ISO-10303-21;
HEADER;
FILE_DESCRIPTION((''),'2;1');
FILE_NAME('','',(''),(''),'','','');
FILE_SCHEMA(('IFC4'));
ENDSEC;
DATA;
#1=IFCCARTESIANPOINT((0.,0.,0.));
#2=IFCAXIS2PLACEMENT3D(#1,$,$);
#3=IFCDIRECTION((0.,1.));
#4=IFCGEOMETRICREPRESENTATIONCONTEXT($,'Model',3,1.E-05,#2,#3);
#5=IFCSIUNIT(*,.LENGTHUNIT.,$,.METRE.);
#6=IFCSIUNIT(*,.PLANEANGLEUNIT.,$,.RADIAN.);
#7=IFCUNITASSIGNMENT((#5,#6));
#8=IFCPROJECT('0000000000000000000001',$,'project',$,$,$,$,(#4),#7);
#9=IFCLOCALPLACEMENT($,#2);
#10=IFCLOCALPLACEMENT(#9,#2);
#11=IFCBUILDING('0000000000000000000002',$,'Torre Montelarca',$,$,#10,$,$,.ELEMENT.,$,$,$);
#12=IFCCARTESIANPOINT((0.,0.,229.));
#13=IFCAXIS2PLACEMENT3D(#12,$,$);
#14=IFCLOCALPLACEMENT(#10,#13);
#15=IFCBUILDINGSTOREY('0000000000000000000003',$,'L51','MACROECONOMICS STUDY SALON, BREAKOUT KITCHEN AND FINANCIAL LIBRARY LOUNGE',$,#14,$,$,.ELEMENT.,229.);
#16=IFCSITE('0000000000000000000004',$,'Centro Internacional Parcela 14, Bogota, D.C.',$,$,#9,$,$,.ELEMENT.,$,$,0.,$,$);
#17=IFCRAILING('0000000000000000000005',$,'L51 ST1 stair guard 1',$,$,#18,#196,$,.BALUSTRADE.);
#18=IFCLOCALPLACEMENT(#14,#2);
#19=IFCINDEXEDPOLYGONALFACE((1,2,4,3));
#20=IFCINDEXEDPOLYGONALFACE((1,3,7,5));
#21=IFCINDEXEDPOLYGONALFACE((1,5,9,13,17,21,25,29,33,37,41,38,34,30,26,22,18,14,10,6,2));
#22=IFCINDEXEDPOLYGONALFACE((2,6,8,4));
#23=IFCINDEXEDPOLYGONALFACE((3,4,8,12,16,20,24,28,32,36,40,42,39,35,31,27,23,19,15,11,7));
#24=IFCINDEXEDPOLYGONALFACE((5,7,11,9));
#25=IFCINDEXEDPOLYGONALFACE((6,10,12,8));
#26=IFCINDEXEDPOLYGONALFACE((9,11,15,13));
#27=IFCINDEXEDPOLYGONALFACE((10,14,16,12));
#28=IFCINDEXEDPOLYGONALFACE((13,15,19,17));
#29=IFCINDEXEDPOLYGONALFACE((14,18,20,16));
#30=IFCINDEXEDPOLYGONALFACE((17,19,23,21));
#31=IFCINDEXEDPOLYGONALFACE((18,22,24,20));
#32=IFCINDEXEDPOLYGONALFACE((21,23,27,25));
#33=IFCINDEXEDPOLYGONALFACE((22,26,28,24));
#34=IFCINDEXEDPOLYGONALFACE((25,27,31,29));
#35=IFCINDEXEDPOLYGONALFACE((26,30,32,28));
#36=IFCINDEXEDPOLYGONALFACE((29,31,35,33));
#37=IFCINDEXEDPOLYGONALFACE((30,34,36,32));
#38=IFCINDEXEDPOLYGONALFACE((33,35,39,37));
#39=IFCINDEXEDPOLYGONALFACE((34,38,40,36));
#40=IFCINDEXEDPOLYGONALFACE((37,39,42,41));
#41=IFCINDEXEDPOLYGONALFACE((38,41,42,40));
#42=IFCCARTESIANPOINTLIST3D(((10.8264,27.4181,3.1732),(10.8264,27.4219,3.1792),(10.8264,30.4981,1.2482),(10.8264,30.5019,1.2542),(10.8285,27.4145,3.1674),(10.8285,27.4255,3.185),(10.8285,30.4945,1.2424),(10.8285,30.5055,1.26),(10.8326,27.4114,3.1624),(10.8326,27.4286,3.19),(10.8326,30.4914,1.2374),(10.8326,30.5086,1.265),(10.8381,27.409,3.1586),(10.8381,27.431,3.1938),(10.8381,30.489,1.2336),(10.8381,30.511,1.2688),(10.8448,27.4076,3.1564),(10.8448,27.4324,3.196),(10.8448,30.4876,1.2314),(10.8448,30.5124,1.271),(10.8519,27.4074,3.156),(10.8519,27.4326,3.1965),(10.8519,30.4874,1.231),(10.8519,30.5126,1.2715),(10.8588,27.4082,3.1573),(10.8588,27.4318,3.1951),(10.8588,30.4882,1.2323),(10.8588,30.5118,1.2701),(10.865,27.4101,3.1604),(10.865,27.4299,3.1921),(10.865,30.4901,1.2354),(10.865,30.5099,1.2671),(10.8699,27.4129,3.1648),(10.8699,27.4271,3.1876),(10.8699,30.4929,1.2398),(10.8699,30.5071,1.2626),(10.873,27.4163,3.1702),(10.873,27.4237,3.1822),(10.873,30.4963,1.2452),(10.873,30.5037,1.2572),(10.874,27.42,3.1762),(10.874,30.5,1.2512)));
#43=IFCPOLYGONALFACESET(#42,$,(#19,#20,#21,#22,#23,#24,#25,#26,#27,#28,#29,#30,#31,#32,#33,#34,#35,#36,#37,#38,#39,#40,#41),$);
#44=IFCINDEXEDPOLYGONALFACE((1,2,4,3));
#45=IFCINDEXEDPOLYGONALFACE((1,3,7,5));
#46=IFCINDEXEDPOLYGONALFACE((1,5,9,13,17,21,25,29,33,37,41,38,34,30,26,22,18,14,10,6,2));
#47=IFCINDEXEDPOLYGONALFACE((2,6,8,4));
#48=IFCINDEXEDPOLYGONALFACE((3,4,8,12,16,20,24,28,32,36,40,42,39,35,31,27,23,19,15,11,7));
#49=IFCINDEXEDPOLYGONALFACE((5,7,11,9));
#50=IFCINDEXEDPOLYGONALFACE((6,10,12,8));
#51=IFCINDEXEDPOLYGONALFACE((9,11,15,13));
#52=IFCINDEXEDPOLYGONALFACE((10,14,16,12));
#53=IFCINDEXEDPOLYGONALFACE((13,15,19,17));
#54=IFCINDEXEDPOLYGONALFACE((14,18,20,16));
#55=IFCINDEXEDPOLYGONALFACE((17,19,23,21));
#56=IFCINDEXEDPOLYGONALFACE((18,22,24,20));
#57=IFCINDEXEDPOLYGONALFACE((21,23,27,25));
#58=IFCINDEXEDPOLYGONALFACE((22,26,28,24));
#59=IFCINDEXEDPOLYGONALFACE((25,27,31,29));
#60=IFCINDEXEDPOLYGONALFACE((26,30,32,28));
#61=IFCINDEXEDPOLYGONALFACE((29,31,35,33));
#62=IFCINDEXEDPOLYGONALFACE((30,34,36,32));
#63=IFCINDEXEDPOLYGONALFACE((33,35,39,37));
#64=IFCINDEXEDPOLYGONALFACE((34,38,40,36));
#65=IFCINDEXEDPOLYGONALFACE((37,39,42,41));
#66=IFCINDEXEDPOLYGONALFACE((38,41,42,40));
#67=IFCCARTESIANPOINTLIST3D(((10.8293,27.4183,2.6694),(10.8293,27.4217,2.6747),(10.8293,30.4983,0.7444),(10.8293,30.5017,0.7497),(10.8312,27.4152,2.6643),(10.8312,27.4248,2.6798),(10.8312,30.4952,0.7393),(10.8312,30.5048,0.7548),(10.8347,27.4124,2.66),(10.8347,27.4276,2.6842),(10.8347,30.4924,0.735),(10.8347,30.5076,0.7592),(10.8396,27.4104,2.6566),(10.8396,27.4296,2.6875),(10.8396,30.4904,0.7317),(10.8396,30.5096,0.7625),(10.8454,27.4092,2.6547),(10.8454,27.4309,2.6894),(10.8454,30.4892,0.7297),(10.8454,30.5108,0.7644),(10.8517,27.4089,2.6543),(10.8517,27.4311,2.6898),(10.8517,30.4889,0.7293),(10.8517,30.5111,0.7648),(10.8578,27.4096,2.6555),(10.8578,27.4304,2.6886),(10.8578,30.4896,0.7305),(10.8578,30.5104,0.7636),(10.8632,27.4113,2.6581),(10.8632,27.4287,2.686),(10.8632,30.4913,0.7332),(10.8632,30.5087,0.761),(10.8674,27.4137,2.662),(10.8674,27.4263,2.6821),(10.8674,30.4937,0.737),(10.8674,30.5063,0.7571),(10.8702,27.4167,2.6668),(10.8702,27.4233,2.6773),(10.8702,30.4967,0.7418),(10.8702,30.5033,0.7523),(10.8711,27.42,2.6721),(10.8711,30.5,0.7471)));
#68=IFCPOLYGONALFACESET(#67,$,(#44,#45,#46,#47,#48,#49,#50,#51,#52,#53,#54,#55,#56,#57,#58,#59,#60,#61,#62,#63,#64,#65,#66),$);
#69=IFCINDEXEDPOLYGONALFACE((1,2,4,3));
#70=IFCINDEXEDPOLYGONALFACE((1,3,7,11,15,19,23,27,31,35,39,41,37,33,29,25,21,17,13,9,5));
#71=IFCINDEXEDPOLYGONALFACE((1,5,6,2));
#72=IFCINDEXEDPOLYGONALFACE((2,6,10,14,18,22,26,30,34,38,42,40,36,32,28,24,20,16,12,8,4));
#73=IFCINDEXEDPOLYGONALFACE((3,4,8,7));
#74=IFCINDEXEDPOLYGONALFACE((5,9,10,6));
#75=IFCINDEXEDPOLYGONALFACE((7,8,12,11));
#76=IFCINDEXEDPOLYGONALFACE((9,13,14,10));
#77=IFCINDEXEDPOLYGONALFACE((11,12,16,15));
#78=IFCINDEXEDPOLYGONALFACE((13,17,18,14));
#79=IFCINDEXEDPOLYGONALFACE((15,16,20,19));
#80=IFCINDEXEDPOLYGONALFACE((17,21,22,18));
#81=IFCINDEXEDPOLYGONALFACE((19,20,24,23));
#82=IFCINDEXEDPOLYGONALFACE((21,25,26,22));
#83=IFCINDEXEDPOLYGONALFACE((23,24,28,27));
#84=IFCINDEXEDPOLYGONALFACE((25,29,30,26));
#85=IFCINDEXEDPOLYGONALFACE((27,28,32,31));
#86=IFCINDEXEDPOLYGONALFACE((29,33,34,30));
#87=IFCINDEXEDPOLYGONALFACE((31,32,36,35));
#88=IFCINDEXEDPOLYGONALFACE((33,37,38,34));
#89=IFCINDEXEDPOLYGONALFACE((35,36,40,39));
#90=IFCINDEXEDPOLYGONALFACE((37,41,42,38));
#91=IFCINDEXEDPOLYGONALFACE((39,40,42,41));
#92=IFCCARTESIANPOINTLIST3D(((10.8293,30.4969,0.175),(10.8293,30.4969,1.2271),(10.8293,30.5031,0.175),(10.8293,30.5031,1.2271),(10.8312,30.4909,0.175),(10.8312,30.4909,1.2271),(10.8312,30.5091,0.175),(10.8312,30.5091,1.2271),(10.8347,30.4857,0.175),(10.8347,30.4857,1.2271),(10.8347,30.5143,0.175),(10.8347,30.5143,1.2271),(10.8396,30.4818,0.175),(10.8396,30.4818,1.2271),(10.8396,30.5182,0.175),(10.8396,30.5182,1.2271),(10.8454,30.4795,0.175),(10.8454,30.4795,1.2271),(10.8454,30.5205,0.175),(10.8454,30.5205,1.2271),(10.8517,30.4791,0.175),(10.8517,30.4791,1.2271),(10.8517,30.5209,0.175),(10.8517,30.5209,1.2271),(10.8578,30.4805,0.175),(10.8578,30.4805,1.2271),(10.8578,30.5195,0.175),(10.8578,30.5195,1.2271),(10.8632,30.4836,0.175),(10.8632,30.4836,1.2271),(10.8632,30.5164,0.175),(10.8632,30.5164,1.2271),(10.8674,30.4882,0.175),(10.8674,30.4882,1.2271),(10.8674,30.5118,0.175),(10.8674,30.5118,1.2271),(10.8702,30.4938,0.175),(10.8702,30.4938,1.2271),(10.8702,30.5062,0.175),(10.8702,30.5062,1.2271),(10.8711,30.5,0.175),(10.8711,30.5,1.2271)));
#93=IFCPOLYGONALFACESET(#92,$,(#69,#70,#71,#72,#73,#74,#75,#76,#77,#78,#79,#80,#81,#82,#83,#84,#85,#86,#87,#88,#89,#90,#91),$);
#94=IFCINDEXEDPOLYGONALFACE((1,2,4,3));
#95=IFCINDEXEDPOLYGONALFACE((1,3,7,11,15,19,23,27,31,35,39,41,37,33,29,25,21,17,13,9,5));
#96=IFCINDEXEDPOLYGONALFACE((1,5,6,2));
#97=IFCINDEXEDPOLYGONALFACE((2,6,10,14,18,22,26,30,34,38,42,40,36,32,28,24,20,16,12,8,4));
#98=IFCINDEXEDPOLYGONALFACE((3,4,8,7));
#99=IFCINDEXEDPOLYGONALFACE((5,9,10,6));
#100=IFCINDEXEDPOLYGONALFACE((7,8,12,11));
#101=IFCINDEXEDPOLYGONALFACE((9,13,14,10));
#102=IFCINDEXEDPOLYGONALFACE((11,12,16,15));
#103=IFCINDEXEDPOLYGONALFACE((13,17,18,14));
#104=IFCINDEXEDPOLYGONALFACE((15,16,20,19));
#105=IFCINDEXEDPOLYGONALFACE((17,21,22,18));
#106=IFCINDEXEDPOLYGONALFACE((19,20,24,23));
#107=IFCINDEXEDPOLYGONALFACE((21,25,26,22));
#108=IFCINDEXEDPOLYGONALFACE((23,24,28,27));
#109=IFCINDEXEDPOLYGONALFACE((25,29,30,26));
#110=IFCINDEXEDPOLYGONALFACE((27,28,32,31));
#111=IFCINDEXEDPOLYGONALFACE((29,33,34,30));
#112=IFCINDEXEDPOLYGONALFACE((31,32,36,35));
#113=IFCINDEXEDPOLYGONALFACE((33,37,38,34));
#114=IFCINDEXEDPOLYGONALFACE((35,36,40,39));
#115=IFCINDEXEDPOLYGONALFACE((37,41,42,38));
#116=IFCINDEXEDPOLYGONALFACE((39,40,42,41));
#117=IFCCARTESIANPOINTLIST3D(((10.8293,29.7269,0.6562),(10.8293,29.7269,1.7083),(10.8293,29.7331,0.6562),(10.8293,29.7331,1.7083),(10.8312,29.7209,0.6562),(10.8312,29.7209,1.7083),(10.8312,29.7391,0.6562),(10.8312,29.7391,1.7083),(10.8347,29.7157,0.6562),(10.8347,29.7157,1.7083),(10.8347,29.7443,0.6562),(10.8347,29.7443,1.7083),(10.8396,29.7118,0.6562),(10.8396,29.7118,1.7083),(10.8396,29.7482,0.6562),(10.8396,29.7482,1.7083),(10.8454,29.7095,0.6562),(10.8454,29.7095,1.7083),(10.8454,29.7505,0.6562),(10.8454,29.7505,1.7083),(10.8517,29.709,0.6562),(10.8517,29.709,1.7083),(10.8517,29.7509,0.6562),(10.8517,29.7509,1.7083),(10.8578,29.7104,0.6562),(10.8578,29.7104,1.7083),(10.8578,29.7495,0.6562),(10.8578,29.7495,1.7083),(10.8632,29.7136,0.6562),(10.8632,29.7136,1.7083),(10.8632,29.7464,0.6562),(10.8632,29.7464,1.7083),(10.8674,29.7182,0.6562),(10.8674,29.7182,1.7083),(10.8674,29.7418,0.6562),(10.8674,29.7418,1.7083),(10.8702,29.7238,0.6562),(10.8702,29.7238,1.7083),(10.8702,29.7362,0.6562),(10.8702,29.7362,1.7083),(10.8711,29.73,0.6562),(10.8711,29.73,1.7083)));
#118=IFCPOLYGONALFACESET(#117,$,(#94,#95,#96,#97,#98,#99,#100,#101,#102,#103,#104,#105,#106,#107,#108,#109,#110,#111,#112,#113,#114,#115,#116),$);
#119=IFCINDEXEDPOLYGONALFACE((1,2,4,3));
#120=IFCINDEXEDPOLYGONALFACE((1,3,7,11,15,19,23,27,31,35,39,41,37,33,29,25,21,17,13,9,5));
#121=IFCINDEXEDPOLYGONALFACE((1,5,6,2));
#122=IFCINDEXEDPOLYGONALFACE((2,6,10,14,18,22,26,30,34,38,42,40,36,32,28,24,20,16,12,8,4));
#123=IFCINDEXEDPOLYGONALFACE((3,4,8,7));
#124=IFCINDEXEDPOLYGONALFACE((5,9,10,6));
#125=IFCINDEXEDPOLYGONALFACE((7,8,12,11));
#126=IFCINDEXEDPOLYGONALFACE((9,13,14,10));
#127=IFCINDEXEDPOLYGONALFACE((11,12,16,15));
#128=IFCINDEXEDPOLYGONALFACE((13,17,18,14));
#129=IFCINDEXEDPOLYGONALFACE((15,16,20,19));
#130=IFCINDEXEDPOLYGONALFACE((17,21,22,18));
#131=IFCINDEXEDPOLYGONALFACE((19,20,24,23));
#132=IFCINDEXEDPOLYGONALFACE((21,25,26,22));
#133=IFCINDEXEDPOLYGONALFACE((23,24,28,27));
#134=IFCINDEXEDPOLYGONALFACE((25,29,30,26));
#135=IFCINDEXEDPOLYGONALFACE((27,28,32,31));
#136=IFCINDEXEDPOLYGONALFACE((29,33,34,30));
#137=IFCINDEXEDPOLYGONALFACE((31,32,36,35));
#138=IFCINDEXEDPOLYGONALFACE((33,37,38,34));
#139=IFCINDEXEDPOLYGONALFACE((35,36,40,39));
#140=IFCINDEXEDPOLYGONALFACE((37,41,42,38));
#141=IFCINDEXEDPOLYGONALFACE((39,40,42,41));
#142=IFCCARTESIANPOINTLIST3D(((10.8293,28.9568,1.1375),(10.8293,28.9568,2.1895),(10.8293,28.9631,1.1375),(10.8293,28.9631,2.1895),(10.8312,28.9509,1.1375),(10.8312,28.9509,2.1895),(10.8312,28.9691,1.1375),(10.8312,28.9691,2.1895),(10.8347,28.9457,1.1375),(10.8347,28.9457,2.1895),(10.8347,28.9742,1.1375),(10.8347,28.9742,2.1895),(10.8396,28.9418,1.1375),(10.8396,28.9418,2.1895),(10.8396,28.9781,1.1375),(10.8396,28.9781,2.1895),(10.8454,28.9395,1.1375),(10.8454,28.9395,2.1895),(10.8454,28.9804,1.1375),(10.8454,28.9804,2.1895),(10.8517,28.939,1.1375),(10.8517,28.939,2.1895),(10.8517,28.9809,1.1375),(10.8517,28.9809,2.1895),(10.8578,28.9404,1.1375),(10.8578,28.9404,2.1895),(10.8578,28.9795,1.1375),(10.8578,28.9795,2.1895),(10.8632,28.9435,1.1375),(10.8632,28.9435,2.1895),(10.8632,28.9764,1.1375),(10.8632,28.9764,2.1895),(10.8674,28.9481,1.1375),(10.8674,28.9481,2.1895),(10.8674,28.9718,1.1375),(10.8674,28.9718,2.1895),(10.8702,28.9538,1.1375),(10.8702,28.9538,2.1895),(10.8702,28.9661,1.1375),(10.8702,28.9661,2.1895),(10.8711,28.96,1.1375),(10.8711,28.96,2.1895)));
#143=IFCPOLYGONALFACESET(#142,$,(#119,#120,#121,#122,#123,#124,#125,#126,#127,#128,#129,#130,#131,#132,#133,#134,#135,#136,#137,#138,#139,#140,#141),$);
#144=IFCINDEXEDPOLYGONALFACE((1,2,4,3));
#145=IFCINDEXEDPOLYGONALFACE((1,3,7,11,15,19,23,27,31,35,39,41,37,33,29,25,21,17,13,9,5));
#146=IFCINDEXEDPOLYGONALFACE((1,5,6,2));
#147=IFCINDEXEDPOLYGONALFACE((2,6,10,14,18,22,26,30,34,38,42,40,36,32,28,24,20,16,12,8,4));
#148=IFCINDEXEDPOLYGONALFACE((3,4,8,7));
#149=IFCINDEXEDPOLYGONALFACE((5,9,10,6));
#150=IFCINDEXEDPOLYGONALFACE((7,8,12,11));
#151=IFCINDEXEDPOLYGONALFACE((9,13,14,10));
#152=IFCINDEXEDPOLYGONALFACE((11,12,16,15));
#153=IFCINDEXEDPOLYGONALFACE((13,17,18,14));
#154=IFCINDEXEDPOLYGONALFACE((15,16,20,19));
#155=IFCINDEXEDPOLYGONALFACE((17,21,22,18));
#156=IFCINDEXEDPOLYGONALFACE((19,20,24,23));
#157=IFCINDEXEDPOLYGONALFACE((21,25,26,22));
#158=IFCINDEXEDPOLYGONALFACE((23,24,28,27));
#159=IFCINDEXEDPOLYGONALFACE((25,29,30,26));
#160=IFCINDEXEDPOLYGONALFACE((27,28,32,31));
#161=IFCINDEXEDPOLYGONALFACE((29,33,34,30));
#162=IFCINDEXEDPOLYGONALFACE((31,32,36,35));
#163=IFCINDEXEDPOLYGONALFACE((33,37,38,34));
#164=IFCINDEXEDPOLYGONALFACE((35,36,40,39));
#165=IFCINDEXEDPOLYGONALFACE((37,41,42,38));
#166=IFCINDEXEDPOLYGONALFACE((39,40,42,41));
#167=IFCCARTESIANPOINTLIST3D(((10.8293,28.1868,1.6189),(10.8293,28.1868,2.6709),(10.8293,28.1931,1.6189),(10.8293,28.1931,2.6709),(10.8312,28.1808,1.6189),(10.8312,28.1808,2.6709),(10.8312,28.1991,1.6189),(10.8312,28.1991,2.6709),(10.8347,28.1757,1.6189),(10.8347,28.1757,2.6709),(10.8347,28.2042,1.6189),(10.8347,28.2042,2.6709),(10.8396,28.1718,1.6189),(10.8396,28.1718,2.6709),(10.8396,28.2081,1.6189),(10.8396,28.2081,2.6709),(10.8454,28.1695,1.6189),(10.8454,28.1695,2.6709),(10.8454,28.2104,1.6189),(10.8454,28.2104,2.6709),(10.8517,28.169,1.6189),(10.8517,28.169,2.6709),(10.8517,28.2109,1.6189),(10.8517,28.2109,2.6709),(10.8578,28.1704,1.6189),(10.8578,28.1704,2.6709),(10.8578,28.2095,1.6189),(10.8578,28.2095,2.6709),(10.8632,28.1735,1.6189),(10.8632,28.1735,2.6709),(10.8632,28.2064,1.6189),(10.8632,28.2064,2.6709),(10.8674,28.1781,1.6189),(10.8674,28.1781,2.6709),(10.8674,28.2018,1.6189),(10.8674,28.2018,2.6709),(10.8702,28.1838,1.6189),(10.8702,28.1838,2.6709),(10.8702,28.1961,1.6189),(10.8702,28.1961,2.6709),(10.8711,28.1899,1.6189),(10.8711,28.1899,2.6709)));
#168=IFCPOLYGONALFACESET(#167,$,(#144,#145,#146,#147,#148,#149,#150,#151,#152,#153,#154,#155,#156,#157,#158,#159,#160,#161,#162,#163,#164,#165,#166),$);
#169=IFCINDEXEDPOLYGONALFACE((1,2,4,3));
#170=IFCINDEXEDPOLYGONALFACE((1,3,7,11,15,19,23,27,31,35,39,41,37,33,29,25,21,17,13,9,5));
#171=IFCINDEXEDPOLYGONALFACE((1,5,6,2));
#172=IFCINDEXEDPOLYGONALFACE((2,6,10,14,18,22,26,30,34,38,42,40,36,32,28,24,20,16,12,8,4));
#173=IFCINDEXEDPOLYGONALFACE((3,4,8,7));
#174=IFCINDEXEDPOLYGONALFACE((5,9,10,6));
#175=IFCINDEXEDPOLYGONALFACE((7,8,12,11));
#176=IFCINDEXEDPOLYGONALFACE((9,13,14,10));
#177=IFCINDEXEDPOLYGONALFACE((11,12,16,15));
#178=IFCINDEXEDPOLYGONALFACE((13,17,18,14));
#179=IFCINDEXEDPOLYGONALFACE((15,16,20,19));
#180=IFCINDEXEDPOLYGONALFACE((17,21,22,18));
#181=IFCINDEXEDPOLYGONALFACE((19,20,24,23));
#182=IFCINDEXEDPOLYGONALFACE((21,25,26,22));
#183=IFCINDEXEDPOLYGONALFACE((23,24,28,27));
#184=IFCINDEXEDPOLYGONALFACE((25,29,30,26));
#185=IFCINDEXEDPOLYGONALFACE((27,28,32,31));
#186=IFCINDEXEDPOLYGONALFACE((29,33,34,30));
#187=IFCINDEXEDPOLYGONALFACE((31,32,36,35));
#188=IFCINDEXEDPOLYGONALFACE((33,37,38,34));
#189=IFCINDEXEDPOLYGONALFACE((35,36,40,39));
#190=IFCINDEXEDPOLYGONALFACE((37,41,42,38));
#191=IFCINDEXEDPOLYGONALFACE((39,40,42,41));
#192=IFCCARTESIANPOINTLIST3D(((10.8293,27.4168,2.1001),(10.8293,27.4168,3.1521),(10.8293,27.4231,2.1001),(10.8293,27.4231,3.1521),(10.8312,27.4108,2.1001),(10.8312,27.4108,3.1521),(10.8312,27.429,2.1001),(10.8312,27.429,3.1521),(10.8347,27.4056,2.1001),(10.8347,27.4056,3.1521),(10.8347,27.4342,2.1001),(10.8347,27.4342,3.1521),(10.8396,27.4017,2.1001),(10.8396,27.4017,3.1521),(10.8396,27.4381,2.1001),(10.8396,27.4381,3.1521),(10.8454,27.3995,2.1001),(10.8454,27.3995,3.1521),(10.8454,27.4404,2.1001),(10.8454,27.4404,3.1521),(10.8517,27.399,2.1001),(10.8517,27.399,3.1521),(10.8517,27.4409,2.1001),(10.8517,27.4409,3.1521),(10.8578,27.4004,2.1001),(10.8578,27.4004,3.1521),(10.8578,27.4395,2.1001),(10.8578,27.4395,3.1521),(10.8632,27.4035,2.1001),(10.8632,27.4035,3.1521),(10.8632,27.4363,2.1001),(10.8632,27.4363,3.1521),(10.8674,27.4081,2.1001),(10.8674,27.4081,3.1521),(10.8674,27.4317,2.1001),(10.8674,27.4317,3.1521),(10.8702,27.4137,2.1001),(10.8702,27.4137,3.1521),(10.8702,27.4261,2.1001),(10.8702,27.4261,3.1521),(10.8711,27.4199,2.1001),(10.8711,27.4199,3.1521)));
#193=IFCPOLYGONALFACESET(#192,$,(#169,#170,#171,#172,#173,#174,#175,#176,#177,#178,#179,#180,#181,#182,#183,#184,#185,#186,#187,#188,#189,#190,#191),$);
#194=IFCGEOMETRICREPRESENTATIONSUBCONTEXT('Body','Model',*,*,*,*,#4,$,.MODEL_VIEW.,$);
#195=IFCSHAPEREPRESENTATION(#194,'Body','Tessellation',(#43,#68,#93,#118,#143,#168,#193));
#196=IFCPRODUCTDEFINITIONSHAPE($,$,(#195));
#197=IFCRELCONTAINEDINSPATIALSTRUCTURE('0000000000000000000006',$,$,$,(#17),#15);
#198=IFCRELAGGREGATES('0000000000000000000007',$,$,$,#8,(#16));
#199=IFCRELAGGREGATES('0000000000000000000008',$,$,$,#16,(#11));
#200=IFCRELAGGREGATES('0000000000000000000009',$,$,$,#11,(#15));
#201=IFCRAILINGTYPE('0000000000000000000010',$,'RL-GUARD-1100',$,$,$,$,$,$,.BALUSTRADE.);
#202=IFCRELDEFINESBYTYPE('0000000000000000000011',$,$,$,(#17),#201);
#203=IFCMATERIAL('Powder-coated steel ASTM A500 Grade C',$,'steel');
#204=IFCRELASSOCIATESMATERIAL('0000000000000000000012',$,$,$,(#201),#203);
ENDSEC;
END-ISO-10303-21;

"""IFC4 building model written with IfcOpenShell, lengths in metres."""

from ifc_helpers import new_model, si_unit, direction, frame, origin, origin_2d, place, context, subcontext, project, spatial, circle, extrude, material, type_object, element, save


model = new_model("IFC4")

# Units and contexts
model_context = context("Model", 3, precision=1e-05, world=origin(), true_north=direction((0.0, 1.0)))
body_context = subcontext(model_context, "Body", "Model", "MODEL_VIEW")
ifc_project = project(units=[si_unit("LENGTHUNIT", "METRE"), si_unit("PLANEANGLEUNIT", "RADIAN")], contexts=[model_context])

# Site, building, storey
site_placement = place(None, origin())
site = spatial("IfcSite", under=ifc_project, at=site_placement, Name="Centro Internacional Parcela 14, Bogota, D.C.", CompositionType="ELEMENT", RefElevation=0.0)
building_placement = place(site_placement, origin())
building = spatial("IfcBuilding", under=site, at=building_placement, Name="Torre Montelarca", CompositionType="ELEMENT")
storey_placement = place(building_placement, frame((0.0, 0.0, 229.0)))
storey = spatial("IfcBuildingStorey", under=building, at=storey_placement, Name="L51", Description="MACROECONOMICS STUDY SALON, BREAKOUT KITCHEN AND FINANCIAL LIBRARY LOUNGE", CompositionType="ELEMENT", Elevation=229.0)

# Railing
ifc_material_1 = material(Name="Powder-coated steel ASTM A500 Grade C", Category="steel")
railing_type_1 = type_object("IfcRailingType", Name="RL-GUARD-1100", PredefinedType="BALUSTRADE", material=ifc_material_1)
railing_1_placement = place(storey_placement, frame((10.8501, 30.5, 0.175)))
element("IfcRailing", 1, at=railing_1_placement, inside=storey, type_object=railing_type_1, Name="L51 ST1 stair guard 1", PredefinedType="BALUSTRADE", context=body_context, shape_type="SweptSolid", body=[
    extrude(circle(Radius=0.0239, at=origin_2d()), frame((0.0, 0.0, 1.0762), z_axis=(0.0, -0.847998, 0.529999), x_axis=(1.0, 0.0, 0.0)), (0.0, 0.0, 1.0), 3.6321),
    extrude(circle(Radius=0.021, at=origin_2d()), frame((0.0, 0.0, 0.572), z_axis=(0.0, -0.847998, 0.529999), x_axis=(1.0, 0.0, 0.0)), (0.0, 0.0, 1.0), 3.6321),
    extrude(circle(Radius=0.021, at=origin_2d()), origin(), (0.0, 0.0, 1.0), 1.052),
    extrude(circle(Radius=0.021, at=origin_2d()), frame((0.0, -0.77, 0.4812)), (0.0, 0.0, 1.0), 1.052),
    extrude(circle(Radius=0.021, at=origin_2d()), frame((0.0, -1.54, 0.9624)), (0.0, 0.0, 1.0), 1.052),
    extrude(circle(Radius=0.021, at=origin_2d()), frame((0.0, -2.3101, 1.4438)), (0.0, 0.0, 1.0), 1.052),
    extrude(circle(Radius=0.021, at=origin_2d()), frame((0.0, -3.0801, 1.925)), (0.0, 0.0, 1.0), 1.052),
])

save(model, "model.ifc")
